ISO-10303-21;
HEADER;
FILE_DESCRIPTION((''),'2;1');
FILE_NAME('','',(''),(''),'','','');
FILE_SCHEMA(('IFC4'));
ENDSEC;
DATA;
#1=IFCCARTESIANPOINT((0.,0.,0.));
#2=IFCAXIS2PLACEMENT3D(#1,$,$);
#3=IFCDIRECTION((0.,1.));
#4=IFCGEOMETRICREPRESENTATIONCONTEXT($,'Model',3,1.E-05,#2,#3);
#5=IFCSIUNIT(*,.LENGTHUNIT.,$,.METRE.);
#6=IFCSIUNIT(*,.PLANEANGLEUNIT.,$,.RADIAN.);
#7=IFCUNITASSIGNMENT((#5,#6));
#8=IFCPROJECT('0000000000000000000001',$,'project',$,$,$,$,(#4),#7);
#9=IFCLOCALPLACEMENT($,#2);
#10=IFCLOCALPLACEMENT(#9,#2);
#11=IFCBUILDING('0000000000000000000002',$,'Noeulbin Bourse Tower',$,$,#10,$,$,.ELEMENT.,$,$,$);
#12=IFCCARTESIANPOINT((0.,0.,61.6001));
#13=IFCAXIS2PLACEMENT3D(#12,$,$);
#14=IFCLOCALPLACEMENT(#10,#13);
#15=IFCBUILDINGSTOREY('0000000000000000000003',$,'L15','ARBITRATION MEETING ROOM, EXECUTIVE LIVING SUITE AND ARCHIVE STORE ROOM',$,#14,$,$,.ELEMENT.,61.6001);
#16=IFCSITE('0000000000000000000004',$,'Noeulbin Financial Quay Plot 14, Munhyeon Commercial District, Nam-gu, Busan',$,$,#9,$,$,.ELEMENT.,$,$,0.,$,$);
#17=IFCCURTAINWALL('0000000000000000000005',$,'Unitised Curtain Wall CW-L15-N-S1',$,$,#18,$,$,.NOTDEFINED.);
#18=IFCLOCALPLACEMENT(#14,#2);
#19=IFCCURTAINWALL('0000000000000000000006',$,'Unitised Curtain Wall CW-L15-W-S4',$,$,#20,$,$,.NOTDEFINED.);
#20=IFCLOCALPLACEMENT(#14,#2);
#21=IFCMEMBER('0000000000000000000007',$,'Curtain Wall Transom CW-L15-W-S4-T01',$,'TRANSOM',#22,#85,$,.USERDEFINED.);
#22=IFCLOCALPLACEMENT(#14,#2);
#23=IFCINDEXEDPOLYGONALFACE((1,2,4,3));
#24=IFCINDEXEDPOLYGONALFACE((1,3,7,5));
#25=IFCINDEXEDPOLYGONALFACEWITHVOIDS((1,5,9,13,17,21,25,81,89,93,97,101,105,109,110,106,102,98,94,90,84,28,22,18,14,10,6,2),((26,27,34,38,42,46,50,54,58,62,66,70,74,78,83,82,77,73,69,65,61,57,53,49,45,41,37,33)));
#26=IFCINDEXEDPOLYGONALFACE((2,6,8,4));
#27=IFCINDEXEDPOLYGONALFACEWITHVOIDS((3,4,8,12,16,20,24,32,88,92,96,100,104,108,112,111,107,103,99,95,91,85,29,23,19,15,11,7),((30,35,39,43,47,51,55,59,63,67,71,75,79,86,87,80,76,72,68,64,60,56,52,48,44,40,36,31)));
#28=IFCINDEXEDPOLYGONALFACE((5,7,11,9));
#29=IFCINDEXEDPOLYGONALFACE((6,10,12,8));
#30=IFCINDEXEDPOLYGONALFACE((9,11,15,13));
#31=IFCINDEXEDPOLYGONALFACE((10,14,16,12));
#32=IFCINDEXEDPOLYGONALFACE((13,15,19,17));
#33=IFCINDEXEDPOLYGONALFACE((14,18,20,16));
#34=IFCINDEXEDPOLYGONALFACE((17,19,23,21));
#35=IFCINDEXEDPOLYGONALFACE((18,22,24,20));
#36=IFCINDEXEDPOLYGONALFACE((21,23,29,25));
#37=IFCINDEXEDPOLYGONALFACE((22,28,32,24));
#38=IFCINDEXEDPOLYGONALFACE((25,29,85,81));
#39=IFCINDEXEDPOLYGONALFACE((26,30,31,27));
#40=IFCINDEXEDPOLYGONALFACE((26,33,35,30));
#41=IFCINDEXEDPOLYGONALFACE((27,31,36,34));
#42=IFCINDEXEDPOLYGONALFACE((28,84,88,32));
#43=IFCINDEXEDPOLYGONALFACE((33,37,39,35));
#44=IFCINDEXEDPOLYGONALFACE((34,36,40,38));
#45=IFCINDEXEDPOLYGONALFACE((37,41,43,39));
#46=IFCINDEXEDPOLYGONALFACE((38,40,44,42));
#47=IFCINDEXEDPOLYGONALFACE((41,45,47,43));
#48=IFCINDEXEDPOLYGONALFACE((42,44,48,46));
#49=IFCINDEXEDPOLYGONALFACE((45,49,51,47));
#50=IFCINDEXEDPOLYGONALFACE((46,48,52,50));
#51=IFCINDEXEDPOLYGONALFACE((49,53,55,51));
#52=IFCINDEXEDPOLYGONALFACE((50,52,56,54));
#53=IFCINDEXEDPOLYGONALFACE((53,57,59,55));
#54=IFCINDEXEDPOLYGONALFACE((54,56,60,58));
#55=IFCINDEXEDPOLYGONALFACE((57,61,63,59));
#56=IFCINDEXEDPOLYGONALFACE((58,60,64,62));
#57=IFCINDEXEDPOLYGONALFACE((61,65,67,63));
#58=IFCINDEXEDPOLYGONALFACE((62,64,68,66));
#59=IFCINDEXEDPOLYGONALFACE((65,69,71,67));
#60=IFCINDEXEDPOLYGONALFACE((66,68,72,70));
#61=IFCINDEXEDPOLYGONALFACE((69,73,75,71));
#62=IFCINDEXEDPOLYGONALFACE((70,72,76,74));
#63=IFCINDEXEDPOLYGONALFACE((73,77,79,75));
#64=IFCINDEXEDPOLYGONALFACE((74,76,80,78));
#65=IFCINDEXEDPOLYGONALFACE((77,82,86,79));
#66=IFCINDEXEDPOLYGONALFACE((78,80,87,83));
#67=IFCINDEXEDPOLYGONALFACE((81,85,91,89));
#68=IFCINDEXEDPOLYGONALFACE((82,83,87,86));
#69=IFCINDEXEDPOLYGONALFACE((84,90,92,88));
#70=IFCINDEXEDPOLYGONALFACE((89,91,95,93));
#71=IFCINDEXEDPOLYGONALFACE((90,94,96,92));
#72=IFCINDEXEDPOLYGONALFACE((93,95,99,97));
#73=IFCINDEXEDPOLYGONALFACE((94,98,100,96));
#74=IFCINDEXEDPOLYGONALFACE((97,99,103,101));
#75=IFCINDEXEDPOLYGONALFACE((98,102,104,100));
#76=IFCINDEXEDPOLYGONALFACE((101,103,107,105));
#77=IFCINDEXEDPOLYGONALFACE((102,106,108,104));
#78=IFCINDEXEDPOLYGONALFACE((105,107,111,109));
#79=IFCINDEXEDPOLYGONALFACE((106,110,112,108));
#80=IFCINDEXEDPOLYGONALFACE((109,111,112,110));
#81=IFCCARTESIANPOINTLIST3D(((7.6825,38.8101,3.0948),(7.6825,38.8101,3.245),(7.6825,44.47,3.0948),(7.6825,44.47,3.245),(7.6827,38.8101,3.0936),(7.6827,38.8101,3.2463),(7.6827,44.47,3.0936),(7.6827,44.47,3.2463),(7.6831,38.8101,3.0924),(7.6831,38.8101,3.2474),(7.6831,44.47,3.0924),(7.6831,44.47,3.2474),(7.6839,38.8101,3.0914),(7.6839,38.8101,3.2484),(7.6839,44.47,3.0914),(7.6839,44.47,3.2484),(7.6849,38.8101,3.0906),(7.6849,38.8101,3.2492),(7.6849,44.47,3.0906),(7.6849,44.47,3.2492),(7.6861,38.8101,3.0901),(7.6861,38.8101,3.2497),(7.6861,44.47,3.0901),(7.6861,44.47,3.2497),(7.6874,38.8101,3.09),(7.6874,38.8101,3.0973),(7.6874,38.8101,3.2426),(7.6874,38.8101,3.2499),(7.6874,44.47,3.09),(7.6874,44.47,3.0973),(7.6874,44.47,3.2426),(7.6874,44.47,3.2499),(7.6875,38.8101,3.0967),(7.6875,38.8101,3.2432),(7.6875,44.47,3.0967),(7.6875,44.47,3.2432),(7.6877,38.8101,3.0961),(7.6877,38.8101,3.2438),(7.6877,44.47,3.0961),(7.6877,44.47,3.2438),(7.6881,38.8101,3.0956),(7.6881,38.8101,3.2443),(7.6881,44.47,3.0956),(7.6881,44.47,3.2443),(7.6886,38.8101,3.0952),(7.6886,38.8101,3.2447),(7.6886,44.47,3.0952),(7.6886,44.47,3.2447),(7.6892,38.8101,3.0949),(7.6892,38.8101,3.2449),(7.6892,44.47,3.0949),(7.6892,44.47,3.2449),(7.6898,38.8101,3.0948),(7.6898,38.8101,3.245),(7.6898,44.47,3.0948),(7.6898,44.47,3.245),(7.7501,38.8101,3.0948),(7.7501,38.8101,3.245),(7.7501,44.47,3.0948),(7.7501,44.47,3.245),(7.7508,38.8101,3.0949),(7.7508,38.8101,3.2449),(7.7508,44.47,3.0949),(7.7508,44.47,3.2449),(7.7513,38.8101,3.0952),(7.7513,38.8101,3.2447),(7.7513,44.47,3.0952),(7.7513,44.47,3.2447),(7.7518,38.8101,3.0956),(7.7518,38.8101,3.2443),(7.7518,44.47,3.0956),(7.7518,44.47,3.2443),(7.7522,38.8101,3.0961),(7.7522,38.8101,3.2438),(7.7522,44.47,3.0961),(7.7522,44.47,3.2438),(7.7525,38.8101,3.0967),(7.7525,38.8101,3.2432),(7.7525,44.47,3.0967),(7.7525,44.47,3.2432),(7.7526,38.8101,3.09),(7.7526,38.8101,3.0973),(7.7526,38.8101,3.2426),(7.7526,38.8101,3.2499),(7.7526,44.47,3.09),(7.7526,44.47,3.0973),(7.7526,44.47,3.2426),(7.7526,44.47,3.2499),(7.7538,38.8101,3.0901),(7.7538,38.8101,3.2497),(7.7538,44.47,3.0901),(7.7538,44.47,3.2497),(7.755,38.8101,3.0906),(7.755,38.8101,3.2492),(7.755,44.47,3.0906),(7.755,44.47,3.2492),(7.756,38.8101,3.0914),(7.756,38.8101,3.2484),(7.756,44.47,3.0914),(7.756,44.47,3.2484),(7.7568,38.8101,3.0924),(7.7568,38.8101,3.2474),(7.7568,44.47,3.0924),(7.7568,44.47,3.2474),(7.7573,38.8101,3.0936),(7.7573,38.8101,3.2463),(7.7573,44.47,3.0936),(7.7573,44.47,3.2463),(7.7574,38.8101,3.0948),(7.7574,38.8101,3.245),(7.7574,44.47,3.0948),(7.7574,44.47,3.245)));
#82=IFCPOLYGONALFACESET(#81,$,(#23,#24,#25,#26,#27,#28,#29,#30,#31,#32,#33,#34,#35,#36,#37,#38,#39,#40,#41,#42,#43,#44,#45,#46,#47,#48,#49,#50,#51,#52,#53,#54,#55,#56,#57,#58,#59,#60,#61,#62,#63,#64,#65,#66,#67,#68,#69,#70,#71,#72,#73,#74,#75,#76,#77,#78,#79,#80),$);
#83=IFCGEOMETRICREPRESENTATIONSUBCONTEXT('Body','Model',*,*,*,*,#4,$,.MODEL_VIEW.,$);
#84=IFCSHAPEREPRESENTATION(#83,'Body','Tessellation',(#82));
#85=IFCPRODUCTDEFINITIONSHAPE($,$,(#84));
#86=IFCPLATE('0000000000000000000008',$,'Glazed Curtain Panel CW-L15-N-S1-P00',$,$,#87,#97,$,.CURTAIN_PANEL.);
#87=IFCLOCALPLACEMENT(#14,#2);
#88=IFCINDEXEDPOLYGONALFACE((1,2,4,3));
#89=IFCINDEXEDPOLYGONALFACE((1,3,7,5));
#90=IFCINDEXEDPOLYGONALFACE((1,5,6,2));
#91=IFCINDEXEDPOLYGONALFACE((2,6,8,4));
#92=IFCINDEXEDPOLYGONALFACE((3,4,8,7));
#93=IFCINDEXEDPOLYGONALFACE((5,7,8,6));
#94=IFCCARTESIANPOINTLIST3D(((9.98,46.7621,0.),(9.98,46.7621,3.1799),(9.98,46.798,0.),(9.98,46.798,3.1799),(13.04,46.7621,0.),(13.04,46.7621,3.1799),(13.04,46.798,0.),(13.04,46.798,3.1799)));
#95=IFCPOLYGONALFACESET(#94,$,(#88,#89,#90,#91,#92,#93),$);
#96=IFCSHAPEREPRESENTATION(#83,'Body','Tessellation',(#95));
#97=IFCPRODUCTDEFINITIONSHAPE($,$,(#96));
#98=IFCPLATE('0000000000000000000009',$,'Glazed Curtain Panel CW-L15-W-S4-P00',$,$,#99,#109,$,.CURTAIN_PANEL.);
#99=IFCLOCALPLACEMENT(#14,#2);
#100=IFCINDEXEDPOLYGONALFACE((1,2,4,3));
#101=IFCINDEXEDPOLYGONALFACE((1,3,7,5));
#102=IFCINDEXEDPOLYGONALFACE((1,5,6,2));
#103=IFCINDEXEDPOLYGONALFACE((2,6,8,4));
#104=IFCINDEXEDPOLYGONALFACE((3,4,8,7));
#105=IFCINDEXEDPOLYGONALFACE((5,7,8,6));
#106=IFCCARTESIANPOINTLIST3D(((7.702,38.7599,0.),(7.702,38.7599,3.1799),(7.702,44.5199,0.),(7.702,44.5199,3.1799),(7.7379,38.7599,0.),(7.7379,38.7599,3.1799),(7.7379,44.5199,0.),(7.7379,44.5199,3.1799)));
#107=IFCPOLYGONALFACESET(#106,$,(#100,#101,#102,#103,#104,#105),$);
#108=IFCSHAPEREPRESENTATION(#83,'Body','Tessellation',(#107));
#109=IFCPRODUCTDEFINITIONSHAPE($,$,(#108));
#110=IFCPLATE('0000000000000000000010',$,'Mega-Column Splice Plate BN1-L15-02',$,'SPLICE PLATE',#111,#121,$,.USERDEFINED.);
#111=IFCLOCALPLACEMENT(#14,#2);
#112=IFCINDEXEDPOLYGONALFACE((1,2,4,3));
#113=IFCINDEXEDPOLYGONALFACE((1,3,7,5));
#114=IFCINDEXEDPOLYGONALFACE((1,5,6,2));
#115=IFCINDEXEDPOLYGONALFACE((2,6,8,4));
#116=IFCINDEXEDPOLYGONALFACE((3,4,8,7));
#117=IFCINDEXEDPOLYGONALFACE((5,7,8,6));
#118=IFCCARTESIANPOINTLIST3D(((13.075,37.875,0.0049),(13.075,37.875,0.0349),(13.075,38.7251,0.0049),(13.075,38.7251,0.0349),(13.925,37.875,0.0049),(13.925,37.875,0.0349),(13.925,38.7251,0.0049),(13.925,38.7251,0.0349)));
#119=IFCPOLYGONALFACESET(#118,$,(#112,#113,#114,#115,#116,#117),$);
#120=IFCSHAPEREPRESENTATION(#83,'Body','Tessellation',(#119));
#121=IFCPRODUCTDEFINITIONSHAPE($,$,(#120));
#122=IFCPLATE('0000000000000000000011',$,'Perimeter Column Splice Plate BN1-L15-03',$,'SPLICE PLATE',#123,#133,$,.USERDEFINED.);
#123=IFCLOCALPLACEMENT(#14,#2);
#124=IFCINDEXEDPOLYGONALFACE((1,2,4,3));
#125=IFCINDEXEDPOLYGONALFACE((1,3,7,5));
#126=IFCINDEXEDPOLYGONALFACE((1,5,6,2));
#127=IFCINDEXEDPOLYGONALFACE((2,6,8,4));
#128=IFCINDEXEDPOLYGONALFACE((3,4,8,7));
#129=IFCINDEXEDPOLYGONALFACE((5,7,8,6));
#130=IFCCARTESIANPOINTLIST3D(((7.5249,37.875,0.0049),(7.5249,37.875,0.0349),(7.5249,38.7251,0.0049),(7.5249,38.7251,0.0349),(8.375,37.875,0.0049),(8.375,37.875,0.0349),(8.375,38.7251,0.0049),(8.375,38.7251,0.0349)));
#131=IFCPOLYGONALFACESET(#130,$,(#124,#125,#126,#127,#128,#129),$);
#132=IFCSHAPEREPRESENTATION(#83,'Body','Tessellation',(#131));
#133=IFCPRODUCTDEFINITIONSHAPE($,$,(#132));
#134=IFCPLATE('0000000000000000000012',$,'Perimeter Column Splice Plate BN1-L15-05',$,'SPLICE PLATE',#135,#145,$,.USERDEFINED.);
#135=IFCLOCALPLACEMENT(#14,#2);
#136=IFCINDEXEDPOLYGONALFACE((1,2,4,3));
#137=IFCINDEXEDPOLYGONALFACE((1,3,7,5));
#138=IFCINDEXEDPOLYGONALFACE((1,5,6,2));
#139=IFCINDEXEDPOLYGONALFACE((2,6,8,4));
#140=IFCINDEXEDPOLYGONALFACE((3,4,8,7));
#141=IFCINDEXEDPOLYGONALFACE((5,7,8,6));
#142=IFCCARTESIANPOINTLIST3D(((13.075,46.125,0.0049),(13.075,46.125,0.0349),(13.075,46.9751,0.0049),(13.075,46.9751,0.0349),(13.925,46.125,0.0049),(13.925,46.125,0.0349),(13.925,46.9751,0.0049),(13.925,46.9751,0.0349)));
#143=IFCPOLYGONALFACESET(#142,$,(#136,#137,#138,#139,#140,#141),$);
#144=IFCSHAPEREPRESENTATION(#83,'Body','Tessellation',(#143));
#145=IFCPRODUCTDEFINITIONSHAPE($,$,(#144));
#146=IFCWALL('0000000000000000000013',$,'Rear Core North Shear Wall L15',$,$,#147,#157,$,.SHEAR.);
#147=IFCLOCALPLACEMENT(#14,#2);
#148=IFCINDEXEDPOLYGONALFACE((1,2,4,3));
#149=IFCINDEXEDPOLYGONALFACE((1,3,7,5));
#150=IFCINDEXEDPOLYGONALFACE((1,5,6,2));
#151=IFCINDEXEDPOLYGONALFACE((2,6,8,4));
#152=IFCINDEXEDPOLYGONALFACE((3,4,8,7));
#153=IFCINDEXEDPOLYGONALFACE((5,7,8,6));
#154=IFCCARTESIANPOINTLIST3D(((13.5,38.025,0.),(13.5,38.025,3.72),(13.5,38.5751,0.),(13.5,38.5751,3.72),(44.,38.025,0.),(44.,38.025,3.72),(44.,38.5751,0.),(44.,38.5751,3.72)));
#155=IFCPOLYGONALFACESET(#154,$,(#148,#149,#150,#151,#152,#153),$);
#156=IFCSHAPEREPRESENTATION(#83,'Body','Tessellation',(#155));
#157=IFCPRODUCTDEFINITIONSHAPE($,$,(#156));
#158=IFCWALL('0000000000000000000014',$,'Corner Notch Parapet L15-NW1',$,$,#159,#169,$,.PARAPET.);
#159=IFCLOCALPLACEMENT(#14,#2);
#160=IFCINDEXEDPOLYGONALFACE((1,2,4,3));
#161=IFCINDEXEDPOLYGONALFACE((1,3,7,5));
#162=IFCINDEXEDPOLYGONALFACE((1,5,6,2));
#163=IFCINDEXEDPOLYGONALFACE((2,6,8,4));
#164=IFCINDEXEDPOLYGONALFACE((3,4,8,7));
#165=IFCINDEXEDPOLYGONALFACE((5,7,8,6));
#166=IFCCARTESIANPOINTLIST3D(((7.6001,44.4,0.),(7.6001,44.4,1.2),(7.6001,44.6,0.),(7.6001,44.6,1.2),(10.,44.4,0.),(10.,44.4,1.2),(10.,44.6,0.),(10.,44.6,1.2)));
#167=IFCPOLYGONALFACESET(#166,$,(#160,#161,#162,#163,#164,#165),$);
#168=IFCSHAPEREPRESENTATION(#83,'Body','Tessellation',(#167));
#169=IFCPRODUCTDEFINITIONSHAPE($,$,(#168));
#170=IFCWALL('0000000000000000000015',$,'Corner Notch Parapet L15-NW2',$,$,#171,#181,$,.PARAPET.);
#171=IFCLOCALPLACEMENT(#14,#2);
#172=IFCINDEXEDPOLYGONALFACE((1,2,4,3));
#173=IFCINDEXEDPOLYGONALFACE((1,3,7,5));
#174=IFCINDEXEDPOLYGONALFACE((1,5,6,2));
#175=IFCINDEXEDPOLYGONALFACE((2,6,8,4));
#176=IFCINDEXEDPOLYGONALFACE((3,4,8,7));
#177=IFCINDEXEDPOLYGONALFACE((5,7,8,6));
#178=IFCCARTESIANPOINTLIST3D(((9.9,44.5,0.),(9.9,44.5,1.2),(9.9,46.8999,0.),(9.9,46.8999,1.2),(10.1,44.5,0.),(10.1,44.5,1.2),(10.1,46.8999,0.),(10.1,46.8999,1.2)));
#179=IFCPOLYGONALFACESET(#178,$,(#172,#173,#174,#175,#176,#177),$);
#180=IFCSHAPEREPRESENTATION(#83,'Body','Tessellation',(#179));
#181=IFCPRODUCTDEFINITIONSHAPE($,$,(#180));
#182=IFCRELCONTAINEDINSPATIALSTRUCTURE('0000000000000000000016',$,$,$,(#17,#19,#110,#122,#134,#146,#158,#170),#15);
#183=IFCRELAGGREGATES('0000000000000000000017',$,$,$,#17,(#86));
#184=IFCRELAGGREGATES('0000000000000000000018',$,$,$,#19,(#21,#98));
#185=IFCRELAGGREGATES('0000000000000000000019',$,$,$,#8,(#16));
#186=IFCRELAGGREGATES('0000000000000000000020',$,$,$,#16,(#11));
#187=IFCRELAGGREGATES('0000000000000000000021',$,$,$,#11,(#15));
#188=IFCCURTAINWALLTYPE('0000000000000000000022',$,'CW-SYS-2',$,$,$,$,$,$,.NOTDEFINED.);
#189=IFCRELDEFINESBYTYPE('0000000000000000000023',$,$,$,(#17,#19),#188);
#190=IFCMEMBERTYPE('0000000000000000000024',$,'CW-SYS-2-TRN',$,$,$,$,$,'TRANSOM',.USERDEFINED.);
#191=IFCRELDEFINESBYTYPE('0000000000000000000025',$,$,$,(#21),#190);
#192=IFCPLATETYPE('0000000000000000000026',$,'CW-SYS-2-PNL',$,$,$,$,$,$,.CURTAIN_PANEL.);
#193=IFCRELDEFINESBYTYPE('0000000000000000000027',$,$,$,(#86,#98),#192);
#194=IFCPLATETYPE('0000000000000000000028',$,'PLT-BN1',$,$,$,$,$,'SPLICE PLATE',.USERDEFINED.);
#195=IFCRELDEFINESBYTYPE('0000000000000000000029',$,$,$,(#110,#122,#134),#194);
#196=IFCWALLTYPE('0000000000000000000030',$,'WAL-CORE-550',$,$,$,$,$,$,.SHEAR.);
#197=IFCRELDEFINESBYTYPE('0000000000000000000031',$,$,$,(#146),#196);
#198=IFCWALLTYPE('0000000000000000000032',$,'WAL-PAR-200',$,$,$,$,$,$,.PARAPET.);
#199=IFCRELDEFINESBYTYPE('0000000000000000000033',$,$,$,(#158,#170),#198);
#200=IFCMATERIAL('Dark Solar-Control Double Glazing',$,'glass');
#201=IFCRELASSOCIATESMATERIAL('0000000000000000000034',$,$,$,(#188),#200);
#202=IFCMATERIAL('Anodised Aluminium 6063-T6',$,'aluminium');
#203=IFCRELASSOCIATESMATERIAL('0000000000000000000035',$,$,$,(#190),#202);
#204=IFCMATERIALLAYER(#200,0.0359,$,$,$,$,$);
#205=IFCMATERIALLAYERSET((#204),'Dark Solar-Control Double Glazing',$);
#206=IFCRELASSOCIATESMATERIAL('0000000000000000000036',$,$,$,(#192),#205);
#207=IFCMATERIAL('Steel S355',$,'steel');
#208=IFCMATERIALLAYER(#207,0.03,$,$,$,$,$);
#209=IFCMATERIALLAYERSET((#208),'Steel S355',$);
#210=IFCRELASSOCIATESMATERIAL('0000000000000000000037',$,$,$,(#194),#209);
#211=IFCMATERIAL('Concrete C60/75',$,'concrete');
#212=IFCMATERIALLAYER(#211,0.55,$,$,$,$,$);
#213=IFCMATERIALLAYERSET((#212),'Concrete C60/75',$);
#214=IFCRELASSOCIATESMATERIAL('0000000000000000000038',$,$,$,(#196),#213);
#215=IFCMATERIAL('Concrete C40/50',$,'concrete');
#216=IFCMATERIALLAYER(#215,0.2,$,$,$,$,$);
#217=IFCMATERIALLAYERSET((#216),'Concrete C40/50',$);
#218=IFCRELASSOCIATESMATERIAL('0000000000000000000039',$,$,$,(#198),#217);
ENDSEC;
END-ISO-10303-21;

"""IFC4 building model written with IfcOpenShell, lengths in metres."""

from ifc_helpers import new_model, si_unit, direction, frame, frame_2d, origin, origin_2d, place, context, subcontext, project, spatial, rectangle, hollow_rectangle, extrude, material, layer, layer_set, material_profile, profile_set, type_object, element, aggregate, save


model = new_model("IFC4")

# Units and contexts
model_context = context("Model", 3, precision=1e-05, world=origin(), true_north=direction((0.0, 1.0)))
body_context = subcontext(model_context, "Body", "Model", "MODEL_VIEW")
ifc_project = project(units=[si_unit("LENGTHUNIT", "METRE"), si_unit("PLANEANGLEUNIT", "RADIAN")], contexts=[model_context])

# Site, building, storey
site_placement = place(None, origin())
site = spatial("IfcSite", under=ifc_project, at=site_placement, Name="Noeulbin Financial Quay Plot 14, Munhyeon Commercial District, Nam-gu, Busan", CompositionType="ELEMENT", RefElevation=0.0)
building_placement = place(site_placement, origin())
building = spatial("IfcBuilding", under=site, at=building_placement, Name="Noeulbin Bourse Tower", CompositionType="ELEMENT")
storey_placement = place(building_placement, frame((0.0, 0.0, 61.6001)))
storey = spatial("IfcBuildingStorey", under=building, at=storey_placement, Name="L15", Description="ARBITRATION MEETING ROOM, EXECUTIVE LIVING SUITE AND ARCHIVE STORE ROOM", CompositionType="ELEMENT", Elevation=61.6001)

# Shared definitions
ifc_material_1 = material(Name="Steel S355", Category="steel")

# Curtain wall
ifc_material_2 = material(Name="Dark Solar-Control Double Glazing", Category="glass")
curtain_wall_type = type_object("IfcCurtainWallType", Name="CW-SYS-2", PredefinedType="NOTDEFINED", material=ifc_material_2)
curtain_wall_1_placement = place(storey_placement, origin())
curtain_wall_1 = element("IfcCurtainWall", 1, at=curtain_wall_1_placement, inside=storey, type_object=curtain_wall_type, Name="Unitised Curtain Wall CW-L15-N-S1", PredefinedType="NOTDEFINED")
ifc_material_3 = material(Name="Anodised Aluminium 6063-T6", Category="aluminium")

# Curtain wall
curtain_wall_2_placement = place(storey_placement, origin())
curtain_wall_2 = element("IfcCurtainWall", 2, at=curtain_wall_2_placement, inside=storey, type_object=curtain_wall_type, Name="Unitised Curtain Wall CW-L15-W-S4", PredefinedType="NOTDEFINED")

# Member
ifc_material_profile_1 = material_profile(ifc_material_3, hollow_rectangle(XDim=0.075, YDim=0.1599, WallThickness=0.0049, InnerFilletRadius=0.0024, OuterFilletRadius=0.0049, at=origin_2d()), Name="ALU-TRAN-75x160x5", Category="LoadBearing")
ifc_profile_set_1 = profile_set([ifc_material_profile_1], Name="Anodised Aluminium 6063-T6")
member_type_1 = type_object("IfcMemberType", Name="CW-SYS-2-TRN", ElementType="TRANSOM", PredefinedType="USERDEFINED", material=ifc_profile_set_1)
member_1_placement = place(storey_placement, frame((7.72, 38.8101, 3.1699), z_axis=(0.0, 1.0, 0.0), x_axis=(-1.0, 0.0, 0.0)))
member_1 = element("IfcMember", 3, at=member_1_placement, type_object=member_type_1, Name="Curtain Wall Transom CW-L15-W-S4-T01", ObjectType="TRANSOM", PredefinedType="USERDEFINED", context=body_context, shape_type="SweptSolid", body=[
    extrude(hollow_rectangle(XDim=0.075, YDim=0.1599, WallThickness=0.0049, InnerFilletRadius=0.0024, OuterFilletRadius=0.0049, at=origin_2d()), origin(), (0.0, 0.0, 1.0), 5.6599),
])

# Plates
ifc_layer_1 = layer(ifc_material_2, 0.0359)
ifc_layer_set_1 = layer_set([ifc_layer_1], Name="Dark Solar-Control Double Glazing")
plate_type_1 = type_object("IfcPlateType", Name="CW-SYS-2-PNL", PredefinedType="CURTAIN_PANEL", material=ifc_layer_set_1)
plate_1_placement = place(storey_placement, frame((11.51, 46.78, 0.0), z_axis=(0.0, 0.0, 1.0), x_axis=(1.0, 0.0, 0.0)))
plate_1 = element("IfcPlate", 4, at=plate_1_placement, type_object=plate_type_1, Name="Glazed Curtain Panel CW-L15-N-S1-P00", PredefinedType="CURTAIN_PANEL", context=body_context, shape_type="SweptSolid", body=[
    extrude(rectangle(XDim=3.0601, YDim=0.0359, at=origin_2d()), origin(), (0.0, 0.0, 1.0), 3.1799),
])
aggregate(curtain_wall_1, [plate_1])
plate_2_placement = place(storey_placement, frame((7.72, 41.6399, 0.0), z_axis=(0.0, 0.0, 1.0), x_axis=(0.0, 1.0, 0.0)))
plate_2 = element("IfcPlate", 5, at=plate_2_placement, type_object=plate_type_1, Name="Glazed Curtain Panel CW-L15-W-S4-P00", PredefinedType="CURTAIN_PANEL", context=body_context, shape_type="SweptSolid", body=[
    extrude(rectangle(XDim=5.76, YDim=0.0359, at=origin_2d()), origin(), (0.0, 0.0, 1.0), 3.1799),
])
aggregate(curtain_wall_2, [member_1, plate_2])

# Plates
ifc_layer_2 = layer(ifc_material_1, 0.03)
ifc_layer_set_2 = layer_set([ifc_layer_2], Name="Steel S355")
plate_type_2 = type_object("IfcPlateType", Name="PLT-BN1", ElementType="SPLICE PLATE", PredefinedType="USERDEFINED", material=ifc_layer_set_2)
for number, where, z_axis, x_axis, name in (
    (6, (13.5, 38.3, 0.0049), (0.0, 0.0, 1.0), (1.0, 0.0, 0.0), "Mega-Column Splice Plate BN1-L15-02"),
    (7, (7.95, 38.3, 0.0049), (0.0, 0.0, 1.0), (1.0, 0.0, 0.0), "Perimeter Column Splice Plate BN1-L15-03"),
    (8, (13.5, 46.55, 0.0049), (0.0, 0.0, 1.0), (1.0, 0.0, 0.0), "Perimeter Column Splice Plate BN1-L15-05"),
):
    element("IfcPlate", number, at=place(storey_placement, frame(where, z_axis=z_axis, x_axis=x_axis)), inside=storey, type_object=plate_type_2, Name=name, ObjectType="SPLICE PLATE", PredefinedType="USERDEFINED", context=body_context, shape_type="SweptSolid", body=[
        extrude(rectangle(XDim=0.8501, YDim=0.8501, at=origin_2d()), origin(), (0.0, 0.0, 1.0), 0.03),
    ])

# Walls
ifc_material_4 = material(Name="Concrete C60/75", Category="concrete")
ifc_layer_3 = layer(ifc_material_4, 0.55)
ifc_layer_set_3 = layer_set([ifc_layer_3], Name="Concrete C60/75")
wall_type_1 = type_object("IfcWallType", Name="WAL-CORE-550", PredefinedType="SHEAR", material=ifc_layer_set_3)
wall_1_placement = place(storey_placement, frame((13.5, 38.3, 0.0), z_axis=(0.0, 0.0, 1.0), x_axis=(1.0, 0.0, 0.0)))
element("IfcWall", 9, at=wall_1_placement, inside=storey, type_object=wall_type_1, Name="Rear Core North Shear Wall L15", PredefinedType="SHEAR", context=body_context, shape_type="SweptSolid", body=[
    extrude(rectangle(XDim=30.5, YDim=0.55, at=frame_2d((15.25, 0.0))), origin(), (0.0, 0.0, 1.0), 3.72),
])
ifc_material_5 = material(Name="Concrete C40/50", Category="concrete")
ifc_layer_4 = layer(ifc_material_5, 0.2)
ifc_layer_set_4 = layer_set([ifc_layer_4], Name="Concrete C40/50")
wall_type_2 = type_object("IfcWallType", Name="WAL-PAR-200", PredefinedType="PARAPET", material=ifc_layer_set_4)
for number, where, z_axis, x_axis, name in (
    (10, (7.6001, 44.5, 0.0), (0.0, 0.0, 1.0), (1.0, 0.0, 0.0), "Corner Notch Parapet L15-NW1"),
    (11, (10.0, 44.5, 0.0), (0.0, 0.0, 1.0), (0.0, 1.0, 0.0), "Corner Notch Parapet L15-NW2"),
):
    element("IfcWall", number, at=place(storey_placement, frame(where, z_axis=z_axis, x_axis=x_axis)), inside=storey, type_object=wall_type_2, Name=name, PredefinedType="PARAPET", context=body_context, shape_type="SweptSolid", body=[
        extrude(rectangle(XDim=2.3999, YDim=0.2, at=frame_2d((1.2, 0.0))), origin(), (0.0, 0.0, 1.0), 1.2),
    ])

save(model, "model.ifc")
